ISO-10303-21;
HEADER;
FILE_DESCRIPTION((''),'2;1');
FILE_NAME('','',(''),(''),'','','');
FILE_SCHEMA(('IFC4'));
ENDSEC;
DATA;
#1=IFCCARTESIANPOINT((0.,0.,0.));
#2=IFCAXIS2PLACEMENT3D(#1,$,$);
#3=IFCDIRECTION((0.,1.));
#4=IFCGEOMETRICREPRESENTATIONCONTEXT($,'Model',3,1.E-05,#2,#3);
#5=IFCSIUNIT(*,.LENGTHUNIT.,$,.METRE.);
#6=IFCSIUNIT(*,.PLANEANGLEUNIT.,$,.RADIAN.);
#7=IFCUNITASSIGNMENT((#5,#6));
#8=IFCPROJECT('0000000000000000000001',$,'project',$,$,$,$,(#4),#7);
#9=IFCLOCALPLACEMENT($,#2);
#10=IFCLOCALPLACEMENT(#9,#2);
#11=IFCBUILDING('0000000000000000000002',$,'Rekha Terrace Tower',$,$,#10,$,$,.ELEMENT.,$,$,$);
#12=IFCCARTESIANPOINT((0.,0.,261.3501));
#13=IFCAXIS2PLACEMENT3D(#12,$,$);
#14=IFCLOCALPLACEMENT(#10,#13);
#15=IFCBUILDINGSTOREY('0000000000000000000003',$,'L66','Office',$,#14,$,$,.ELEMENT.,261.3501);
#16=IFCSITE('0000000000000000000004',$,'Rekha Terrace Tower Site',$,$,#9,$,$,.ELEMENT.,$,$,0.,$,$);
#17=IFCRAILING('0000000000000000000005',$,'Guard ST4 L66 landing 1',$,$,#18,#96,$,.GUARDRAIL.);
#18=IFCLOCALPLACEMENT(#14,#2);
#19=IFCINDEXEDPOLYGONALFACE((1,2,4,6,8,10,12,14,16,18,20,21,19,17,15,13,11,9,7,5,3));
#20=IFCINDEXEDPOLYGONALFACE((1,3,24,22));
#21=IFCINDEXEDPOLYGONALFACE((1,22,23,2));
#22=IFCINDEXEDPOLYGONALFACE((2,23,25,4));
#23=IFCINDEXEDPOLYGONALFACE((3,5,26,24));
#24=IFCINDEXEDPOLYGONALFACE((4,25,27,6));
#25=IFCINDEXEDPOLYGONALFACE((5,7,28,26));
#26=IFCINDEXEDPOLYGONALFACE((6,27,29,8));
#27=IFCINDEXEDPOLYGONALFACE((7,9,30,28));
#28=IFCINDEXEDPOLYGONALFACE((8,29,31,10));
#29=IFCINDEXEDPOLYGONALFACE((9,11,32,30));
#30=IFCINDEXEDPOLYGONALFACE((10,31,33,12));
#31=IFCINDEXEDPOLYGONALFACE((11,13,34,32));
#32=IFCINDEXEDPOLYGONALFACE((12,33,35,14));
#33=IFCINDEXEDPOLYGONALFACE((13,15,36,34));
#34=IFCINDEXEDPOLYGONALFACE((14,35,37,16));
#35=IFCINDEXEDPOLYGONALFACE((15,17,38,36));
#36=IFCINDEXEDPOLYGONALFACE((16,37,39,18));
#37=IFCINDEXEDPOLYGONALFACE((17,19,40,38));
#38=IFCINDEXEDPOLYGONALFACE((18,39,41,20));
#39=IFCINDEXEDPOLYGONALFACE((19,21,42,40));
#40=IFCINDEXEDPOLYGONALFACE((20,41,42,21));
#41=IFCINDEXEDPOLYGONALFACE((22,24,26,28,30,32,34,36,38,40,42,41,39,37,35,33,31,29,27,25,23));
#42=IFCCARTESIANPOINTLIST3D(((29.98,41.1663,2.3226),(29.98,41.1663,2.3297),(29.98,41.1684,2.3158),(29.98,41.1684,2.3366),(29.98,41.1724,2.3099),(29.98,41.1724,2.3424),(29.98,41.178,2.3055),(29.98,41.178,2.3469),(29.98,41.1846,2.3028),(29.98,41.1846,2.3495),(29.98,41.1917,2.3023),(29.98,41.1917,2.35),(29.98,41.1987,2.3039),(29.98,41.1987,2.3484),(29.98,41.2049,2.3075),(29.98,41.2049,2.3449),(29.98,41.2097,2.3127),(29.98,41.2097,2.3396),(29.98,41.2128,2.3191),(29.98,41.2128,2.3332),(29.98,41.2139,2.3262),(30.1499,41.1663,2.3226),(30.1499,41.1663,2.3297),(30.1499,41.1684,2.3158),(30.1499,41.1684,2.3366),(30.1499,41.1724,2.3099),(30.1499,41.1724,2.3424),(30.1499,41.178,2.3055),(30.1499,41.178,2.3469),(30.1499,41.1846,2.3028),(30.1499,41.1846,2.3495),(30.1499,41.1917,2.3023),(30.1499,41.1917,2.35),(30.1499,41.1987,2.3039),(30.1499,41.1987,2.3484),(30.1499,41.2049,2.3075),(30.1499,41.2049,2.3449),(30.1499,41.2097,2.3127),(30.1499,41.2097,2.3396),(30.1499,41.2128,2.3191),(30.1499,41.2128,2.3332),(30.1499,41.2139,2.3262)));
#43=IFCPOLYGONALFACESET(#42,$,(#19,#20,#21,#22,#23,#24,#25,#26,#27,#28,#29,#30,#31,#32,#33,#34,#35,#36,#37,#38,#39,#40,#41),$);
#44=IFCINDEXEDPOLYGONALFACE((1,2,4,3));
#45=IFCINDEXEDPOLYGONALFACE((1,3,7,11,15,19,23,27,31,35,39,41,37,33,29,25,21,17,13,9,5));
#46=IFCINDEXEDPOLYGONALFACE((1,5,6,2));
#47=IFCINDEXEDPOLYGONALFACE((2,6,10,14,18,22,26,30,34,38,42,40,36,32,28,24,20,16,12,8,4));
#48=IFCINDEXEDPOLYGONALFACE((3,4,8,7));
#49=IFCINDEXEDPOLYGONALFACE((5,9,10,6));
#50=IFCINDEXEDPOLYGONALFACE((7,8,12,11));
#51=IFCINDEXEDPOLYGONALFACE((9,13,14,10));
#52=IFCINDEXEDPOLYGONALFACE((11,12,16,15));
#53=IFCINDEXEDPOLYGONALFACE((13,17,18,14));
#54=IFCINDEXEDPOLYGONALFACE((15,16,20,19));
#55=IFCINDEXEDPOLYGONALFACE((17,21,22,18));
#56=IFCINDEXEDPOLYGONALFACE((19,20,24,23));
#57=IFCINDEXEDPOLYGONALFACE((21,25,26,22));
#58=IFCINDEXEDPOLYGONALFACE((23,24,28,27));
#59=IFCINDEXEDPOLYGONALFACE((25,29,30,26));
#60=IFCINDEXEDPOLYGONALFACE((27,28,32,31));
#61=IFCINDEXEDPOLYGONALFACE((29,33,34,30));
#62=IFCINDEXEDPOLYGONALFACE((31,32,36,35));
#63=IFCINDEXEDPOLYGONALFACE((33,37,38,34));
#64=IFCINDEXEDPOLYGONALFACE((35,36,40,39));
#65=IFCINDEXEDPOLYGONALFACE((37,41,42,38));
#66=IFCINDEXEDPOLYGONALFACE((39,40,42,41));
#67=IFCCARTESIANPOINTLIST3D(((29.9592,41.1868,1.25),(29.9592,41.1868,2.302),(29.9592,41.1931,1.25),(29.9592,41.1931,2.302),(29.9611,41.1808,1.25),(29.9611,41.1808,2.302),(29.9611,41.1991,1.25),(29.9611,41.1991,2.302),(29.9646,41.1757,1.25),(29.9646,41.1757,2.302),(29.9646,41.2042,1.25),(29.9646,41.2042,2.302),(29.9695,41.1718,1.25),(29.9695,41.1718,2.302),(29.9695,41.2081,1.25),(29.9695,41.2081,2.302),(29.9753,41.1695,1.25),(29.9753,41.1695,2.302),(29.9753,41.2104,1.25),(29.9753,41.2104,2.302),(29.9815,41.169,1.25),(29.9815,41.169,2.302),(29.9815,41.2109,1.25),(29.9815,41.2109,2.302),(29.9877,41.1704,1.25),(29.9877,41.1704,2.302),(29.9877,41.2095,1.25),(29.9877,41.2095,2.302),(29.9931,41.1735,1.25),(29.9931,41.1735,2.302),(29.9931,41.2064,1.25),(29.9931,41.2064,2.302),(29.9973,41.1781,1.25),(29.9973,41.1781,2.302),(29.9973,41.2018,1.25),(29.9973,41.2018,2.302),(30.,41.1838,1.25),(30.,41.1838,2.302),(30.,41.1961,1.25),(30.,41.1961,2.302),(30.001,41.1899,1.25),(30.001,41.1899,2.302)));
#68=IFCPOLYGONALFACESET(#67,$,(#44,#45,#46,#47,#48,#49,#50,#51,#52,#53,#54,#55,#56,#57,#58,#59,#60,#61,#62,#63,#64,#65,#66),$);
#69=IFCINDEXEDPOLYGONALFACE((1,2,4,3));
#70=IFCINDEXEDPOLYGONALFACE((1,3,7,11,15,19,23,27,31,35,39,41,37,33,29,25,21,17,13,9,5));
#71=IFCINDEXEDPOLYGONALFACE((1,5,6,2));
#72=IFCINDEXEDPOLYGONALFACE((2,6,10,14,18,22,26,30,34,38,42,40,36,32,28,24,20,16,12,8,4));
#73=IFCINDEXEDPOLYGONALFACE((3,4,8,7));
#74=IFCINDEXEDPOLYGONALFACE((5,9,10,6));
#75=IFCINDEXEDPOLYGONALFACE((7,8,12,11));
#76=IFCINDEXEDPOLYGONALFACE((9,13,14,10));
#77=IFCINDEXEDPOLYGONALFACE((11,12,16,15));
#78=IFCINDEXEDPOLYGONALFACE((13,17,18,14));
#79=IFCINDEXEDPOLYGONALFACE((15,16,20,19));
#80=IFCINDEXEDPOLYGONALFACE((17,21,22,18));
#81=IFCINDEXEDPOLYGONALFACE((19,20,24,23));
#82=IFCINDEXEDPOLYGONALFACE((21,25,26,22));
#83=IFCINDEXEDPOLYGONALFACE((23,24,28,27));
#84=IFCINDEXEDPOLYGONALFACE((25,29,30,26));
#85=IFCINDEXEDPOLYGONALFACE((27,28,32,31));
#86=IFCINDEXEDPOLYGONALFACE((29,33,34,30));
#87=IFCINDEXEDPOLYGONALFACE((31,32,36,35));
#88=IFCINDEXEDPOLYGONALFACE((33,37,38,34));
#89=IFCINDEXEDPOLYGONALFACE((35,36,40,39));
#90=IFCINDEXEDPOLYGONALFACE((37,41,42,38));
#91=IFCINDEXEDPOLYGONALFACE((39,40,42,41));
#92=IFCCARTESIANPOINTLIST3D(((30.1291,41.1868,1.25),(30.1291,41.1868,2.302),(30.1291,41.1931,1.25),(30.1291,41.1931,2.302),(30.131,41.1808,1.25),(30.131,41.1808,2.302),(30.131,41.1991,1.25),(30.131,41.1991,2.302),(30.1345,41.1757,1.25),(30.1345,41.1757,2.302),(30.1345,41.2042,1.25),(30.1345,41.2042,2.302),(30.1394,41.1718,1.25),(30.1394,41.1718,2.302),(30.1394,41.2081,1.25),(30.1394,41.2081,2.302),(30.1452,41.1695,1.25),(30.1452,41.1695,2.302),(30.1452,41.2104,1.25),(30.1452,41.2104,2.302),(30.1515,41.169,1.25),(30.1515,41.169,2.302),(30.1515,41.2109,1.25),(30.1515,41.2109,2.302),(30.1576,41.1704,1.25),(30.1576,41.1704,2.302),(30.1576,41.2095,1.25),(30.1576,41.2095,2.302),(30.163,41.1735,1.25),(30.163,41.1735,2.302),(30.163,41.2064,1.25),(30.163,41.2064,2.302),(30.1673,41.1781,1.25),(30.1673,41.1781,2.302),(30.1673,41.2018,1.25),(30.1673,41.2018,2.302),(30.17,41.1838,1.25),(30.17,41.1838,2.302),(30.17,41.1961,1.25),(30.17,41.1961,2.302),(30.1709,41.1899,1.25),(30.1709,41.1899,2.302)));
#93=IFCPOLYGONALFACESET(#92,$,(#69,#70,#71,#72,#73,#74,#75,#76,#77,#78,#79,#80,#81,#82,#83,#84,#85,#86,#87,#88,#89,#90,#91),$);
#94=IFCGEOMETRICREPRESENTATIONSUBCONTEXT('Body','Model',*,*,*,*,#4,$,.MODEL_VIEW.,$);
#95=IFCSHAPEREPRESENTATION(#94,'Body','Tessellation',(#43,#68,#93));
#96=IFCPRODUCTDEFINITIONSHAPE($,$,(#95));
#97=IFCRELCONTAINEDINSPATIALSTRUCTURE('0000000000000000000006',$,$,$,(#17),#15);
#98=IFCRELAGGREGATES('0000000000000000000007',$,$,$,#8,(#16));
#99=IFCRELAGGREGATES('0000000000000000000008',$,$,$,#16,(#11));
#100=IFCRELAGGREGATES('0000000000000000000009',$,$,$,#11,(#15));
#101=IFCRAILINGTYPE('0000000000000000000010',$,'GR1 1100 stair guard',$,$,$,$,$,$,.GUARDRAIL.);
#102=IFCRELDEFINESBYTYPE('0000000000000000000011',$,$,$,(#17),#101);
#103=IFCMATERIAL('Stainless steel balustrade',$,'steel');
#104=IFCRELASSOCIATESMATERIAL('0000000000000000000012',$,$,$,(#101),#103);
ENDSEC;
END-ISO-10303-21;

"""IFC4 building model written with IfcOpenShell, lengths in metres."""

from ifc_helpers import new_model, si_unit, direction, frame, origin, origin_2d, place, context, subcontext, project, spatial, circle, extrude, material, type_object, element, save


model = new_model("IFC4")

# Units and contexts
model_context = context("Model", 3, precision=1e-05, world=origin(), true_north=direction((0.0, 1.0)))
body_context = subcontext(model_context, "Body", "Model", "MODEL_VIEW")
ifc_project = project(units=[si_unit("LENGTHUNIT", "METRE"), si_unit("PLANEANGLEUNIT", "RADIAN")], contexts=[model_context])

# Site, building, storey
site_placement = place(None, origin())
site = spatial("IfcSite", under=ifc_project, at=site_placement, Name="Rekha Terrace Tower Site", CompositionType="ELEMENT", RefElevation=0.0)
building_placement = place(site_placement, origin())
building = spatial("IfcBuilding", under=site, at=building_placement, Name="Rekha Terrace Tower", CompositionType="ELEMENT")
storey_placement = place(building_placement, frame((0.0, 0.0, 261.3501)))
storey = spatial("IfcBuildingStorey", under=building, at=storey_placement, Name="L66", Description="Office", CompositionType="ELEMENT", Elevation=261.3501)

# Railing
ifc_material_1 = material(Name="Stainless steel balustrade", Category="steel")
railing_type_1 = type_object("IfcRailingType", Name="GR1 1100 stair guard", PredefinedType="GUARDRAIL", material=ifc_material_1)
railing_1_placement = place(storey_placement, frame((29.98, 41.1899, 1.25)))
element("IfcRailing", 1, at=railing_1_placement, inside=storey, type_object=railing_type_1, Name="Guard ST4 L66 landing 1", PredefinedType="GUARDRAIL", context=body_context, shape_type="SweptSolid", body=[
    extrude(circle(Radius=0.0239, at=origin_2d()), frame((0.0, 0.0, 1.0762), z_axis=(1.0, 0.0, 0.0), x_axis=(0.0, 1.0, 0.0)), (0.0, 0.0, 1.0), 0.1699),
    extrude(circle(Radius=0.021, at=origin_2d()), origin(), (0.0, 0.0, 1.0), 1.052),
    extrude(circle(Radius=0.021, at=origin_2d()), frame((0.1699, 0.0, 0.0)), (0.0, 0.0, 1.0), 1.052),
])

save(model, "model.ifc")
